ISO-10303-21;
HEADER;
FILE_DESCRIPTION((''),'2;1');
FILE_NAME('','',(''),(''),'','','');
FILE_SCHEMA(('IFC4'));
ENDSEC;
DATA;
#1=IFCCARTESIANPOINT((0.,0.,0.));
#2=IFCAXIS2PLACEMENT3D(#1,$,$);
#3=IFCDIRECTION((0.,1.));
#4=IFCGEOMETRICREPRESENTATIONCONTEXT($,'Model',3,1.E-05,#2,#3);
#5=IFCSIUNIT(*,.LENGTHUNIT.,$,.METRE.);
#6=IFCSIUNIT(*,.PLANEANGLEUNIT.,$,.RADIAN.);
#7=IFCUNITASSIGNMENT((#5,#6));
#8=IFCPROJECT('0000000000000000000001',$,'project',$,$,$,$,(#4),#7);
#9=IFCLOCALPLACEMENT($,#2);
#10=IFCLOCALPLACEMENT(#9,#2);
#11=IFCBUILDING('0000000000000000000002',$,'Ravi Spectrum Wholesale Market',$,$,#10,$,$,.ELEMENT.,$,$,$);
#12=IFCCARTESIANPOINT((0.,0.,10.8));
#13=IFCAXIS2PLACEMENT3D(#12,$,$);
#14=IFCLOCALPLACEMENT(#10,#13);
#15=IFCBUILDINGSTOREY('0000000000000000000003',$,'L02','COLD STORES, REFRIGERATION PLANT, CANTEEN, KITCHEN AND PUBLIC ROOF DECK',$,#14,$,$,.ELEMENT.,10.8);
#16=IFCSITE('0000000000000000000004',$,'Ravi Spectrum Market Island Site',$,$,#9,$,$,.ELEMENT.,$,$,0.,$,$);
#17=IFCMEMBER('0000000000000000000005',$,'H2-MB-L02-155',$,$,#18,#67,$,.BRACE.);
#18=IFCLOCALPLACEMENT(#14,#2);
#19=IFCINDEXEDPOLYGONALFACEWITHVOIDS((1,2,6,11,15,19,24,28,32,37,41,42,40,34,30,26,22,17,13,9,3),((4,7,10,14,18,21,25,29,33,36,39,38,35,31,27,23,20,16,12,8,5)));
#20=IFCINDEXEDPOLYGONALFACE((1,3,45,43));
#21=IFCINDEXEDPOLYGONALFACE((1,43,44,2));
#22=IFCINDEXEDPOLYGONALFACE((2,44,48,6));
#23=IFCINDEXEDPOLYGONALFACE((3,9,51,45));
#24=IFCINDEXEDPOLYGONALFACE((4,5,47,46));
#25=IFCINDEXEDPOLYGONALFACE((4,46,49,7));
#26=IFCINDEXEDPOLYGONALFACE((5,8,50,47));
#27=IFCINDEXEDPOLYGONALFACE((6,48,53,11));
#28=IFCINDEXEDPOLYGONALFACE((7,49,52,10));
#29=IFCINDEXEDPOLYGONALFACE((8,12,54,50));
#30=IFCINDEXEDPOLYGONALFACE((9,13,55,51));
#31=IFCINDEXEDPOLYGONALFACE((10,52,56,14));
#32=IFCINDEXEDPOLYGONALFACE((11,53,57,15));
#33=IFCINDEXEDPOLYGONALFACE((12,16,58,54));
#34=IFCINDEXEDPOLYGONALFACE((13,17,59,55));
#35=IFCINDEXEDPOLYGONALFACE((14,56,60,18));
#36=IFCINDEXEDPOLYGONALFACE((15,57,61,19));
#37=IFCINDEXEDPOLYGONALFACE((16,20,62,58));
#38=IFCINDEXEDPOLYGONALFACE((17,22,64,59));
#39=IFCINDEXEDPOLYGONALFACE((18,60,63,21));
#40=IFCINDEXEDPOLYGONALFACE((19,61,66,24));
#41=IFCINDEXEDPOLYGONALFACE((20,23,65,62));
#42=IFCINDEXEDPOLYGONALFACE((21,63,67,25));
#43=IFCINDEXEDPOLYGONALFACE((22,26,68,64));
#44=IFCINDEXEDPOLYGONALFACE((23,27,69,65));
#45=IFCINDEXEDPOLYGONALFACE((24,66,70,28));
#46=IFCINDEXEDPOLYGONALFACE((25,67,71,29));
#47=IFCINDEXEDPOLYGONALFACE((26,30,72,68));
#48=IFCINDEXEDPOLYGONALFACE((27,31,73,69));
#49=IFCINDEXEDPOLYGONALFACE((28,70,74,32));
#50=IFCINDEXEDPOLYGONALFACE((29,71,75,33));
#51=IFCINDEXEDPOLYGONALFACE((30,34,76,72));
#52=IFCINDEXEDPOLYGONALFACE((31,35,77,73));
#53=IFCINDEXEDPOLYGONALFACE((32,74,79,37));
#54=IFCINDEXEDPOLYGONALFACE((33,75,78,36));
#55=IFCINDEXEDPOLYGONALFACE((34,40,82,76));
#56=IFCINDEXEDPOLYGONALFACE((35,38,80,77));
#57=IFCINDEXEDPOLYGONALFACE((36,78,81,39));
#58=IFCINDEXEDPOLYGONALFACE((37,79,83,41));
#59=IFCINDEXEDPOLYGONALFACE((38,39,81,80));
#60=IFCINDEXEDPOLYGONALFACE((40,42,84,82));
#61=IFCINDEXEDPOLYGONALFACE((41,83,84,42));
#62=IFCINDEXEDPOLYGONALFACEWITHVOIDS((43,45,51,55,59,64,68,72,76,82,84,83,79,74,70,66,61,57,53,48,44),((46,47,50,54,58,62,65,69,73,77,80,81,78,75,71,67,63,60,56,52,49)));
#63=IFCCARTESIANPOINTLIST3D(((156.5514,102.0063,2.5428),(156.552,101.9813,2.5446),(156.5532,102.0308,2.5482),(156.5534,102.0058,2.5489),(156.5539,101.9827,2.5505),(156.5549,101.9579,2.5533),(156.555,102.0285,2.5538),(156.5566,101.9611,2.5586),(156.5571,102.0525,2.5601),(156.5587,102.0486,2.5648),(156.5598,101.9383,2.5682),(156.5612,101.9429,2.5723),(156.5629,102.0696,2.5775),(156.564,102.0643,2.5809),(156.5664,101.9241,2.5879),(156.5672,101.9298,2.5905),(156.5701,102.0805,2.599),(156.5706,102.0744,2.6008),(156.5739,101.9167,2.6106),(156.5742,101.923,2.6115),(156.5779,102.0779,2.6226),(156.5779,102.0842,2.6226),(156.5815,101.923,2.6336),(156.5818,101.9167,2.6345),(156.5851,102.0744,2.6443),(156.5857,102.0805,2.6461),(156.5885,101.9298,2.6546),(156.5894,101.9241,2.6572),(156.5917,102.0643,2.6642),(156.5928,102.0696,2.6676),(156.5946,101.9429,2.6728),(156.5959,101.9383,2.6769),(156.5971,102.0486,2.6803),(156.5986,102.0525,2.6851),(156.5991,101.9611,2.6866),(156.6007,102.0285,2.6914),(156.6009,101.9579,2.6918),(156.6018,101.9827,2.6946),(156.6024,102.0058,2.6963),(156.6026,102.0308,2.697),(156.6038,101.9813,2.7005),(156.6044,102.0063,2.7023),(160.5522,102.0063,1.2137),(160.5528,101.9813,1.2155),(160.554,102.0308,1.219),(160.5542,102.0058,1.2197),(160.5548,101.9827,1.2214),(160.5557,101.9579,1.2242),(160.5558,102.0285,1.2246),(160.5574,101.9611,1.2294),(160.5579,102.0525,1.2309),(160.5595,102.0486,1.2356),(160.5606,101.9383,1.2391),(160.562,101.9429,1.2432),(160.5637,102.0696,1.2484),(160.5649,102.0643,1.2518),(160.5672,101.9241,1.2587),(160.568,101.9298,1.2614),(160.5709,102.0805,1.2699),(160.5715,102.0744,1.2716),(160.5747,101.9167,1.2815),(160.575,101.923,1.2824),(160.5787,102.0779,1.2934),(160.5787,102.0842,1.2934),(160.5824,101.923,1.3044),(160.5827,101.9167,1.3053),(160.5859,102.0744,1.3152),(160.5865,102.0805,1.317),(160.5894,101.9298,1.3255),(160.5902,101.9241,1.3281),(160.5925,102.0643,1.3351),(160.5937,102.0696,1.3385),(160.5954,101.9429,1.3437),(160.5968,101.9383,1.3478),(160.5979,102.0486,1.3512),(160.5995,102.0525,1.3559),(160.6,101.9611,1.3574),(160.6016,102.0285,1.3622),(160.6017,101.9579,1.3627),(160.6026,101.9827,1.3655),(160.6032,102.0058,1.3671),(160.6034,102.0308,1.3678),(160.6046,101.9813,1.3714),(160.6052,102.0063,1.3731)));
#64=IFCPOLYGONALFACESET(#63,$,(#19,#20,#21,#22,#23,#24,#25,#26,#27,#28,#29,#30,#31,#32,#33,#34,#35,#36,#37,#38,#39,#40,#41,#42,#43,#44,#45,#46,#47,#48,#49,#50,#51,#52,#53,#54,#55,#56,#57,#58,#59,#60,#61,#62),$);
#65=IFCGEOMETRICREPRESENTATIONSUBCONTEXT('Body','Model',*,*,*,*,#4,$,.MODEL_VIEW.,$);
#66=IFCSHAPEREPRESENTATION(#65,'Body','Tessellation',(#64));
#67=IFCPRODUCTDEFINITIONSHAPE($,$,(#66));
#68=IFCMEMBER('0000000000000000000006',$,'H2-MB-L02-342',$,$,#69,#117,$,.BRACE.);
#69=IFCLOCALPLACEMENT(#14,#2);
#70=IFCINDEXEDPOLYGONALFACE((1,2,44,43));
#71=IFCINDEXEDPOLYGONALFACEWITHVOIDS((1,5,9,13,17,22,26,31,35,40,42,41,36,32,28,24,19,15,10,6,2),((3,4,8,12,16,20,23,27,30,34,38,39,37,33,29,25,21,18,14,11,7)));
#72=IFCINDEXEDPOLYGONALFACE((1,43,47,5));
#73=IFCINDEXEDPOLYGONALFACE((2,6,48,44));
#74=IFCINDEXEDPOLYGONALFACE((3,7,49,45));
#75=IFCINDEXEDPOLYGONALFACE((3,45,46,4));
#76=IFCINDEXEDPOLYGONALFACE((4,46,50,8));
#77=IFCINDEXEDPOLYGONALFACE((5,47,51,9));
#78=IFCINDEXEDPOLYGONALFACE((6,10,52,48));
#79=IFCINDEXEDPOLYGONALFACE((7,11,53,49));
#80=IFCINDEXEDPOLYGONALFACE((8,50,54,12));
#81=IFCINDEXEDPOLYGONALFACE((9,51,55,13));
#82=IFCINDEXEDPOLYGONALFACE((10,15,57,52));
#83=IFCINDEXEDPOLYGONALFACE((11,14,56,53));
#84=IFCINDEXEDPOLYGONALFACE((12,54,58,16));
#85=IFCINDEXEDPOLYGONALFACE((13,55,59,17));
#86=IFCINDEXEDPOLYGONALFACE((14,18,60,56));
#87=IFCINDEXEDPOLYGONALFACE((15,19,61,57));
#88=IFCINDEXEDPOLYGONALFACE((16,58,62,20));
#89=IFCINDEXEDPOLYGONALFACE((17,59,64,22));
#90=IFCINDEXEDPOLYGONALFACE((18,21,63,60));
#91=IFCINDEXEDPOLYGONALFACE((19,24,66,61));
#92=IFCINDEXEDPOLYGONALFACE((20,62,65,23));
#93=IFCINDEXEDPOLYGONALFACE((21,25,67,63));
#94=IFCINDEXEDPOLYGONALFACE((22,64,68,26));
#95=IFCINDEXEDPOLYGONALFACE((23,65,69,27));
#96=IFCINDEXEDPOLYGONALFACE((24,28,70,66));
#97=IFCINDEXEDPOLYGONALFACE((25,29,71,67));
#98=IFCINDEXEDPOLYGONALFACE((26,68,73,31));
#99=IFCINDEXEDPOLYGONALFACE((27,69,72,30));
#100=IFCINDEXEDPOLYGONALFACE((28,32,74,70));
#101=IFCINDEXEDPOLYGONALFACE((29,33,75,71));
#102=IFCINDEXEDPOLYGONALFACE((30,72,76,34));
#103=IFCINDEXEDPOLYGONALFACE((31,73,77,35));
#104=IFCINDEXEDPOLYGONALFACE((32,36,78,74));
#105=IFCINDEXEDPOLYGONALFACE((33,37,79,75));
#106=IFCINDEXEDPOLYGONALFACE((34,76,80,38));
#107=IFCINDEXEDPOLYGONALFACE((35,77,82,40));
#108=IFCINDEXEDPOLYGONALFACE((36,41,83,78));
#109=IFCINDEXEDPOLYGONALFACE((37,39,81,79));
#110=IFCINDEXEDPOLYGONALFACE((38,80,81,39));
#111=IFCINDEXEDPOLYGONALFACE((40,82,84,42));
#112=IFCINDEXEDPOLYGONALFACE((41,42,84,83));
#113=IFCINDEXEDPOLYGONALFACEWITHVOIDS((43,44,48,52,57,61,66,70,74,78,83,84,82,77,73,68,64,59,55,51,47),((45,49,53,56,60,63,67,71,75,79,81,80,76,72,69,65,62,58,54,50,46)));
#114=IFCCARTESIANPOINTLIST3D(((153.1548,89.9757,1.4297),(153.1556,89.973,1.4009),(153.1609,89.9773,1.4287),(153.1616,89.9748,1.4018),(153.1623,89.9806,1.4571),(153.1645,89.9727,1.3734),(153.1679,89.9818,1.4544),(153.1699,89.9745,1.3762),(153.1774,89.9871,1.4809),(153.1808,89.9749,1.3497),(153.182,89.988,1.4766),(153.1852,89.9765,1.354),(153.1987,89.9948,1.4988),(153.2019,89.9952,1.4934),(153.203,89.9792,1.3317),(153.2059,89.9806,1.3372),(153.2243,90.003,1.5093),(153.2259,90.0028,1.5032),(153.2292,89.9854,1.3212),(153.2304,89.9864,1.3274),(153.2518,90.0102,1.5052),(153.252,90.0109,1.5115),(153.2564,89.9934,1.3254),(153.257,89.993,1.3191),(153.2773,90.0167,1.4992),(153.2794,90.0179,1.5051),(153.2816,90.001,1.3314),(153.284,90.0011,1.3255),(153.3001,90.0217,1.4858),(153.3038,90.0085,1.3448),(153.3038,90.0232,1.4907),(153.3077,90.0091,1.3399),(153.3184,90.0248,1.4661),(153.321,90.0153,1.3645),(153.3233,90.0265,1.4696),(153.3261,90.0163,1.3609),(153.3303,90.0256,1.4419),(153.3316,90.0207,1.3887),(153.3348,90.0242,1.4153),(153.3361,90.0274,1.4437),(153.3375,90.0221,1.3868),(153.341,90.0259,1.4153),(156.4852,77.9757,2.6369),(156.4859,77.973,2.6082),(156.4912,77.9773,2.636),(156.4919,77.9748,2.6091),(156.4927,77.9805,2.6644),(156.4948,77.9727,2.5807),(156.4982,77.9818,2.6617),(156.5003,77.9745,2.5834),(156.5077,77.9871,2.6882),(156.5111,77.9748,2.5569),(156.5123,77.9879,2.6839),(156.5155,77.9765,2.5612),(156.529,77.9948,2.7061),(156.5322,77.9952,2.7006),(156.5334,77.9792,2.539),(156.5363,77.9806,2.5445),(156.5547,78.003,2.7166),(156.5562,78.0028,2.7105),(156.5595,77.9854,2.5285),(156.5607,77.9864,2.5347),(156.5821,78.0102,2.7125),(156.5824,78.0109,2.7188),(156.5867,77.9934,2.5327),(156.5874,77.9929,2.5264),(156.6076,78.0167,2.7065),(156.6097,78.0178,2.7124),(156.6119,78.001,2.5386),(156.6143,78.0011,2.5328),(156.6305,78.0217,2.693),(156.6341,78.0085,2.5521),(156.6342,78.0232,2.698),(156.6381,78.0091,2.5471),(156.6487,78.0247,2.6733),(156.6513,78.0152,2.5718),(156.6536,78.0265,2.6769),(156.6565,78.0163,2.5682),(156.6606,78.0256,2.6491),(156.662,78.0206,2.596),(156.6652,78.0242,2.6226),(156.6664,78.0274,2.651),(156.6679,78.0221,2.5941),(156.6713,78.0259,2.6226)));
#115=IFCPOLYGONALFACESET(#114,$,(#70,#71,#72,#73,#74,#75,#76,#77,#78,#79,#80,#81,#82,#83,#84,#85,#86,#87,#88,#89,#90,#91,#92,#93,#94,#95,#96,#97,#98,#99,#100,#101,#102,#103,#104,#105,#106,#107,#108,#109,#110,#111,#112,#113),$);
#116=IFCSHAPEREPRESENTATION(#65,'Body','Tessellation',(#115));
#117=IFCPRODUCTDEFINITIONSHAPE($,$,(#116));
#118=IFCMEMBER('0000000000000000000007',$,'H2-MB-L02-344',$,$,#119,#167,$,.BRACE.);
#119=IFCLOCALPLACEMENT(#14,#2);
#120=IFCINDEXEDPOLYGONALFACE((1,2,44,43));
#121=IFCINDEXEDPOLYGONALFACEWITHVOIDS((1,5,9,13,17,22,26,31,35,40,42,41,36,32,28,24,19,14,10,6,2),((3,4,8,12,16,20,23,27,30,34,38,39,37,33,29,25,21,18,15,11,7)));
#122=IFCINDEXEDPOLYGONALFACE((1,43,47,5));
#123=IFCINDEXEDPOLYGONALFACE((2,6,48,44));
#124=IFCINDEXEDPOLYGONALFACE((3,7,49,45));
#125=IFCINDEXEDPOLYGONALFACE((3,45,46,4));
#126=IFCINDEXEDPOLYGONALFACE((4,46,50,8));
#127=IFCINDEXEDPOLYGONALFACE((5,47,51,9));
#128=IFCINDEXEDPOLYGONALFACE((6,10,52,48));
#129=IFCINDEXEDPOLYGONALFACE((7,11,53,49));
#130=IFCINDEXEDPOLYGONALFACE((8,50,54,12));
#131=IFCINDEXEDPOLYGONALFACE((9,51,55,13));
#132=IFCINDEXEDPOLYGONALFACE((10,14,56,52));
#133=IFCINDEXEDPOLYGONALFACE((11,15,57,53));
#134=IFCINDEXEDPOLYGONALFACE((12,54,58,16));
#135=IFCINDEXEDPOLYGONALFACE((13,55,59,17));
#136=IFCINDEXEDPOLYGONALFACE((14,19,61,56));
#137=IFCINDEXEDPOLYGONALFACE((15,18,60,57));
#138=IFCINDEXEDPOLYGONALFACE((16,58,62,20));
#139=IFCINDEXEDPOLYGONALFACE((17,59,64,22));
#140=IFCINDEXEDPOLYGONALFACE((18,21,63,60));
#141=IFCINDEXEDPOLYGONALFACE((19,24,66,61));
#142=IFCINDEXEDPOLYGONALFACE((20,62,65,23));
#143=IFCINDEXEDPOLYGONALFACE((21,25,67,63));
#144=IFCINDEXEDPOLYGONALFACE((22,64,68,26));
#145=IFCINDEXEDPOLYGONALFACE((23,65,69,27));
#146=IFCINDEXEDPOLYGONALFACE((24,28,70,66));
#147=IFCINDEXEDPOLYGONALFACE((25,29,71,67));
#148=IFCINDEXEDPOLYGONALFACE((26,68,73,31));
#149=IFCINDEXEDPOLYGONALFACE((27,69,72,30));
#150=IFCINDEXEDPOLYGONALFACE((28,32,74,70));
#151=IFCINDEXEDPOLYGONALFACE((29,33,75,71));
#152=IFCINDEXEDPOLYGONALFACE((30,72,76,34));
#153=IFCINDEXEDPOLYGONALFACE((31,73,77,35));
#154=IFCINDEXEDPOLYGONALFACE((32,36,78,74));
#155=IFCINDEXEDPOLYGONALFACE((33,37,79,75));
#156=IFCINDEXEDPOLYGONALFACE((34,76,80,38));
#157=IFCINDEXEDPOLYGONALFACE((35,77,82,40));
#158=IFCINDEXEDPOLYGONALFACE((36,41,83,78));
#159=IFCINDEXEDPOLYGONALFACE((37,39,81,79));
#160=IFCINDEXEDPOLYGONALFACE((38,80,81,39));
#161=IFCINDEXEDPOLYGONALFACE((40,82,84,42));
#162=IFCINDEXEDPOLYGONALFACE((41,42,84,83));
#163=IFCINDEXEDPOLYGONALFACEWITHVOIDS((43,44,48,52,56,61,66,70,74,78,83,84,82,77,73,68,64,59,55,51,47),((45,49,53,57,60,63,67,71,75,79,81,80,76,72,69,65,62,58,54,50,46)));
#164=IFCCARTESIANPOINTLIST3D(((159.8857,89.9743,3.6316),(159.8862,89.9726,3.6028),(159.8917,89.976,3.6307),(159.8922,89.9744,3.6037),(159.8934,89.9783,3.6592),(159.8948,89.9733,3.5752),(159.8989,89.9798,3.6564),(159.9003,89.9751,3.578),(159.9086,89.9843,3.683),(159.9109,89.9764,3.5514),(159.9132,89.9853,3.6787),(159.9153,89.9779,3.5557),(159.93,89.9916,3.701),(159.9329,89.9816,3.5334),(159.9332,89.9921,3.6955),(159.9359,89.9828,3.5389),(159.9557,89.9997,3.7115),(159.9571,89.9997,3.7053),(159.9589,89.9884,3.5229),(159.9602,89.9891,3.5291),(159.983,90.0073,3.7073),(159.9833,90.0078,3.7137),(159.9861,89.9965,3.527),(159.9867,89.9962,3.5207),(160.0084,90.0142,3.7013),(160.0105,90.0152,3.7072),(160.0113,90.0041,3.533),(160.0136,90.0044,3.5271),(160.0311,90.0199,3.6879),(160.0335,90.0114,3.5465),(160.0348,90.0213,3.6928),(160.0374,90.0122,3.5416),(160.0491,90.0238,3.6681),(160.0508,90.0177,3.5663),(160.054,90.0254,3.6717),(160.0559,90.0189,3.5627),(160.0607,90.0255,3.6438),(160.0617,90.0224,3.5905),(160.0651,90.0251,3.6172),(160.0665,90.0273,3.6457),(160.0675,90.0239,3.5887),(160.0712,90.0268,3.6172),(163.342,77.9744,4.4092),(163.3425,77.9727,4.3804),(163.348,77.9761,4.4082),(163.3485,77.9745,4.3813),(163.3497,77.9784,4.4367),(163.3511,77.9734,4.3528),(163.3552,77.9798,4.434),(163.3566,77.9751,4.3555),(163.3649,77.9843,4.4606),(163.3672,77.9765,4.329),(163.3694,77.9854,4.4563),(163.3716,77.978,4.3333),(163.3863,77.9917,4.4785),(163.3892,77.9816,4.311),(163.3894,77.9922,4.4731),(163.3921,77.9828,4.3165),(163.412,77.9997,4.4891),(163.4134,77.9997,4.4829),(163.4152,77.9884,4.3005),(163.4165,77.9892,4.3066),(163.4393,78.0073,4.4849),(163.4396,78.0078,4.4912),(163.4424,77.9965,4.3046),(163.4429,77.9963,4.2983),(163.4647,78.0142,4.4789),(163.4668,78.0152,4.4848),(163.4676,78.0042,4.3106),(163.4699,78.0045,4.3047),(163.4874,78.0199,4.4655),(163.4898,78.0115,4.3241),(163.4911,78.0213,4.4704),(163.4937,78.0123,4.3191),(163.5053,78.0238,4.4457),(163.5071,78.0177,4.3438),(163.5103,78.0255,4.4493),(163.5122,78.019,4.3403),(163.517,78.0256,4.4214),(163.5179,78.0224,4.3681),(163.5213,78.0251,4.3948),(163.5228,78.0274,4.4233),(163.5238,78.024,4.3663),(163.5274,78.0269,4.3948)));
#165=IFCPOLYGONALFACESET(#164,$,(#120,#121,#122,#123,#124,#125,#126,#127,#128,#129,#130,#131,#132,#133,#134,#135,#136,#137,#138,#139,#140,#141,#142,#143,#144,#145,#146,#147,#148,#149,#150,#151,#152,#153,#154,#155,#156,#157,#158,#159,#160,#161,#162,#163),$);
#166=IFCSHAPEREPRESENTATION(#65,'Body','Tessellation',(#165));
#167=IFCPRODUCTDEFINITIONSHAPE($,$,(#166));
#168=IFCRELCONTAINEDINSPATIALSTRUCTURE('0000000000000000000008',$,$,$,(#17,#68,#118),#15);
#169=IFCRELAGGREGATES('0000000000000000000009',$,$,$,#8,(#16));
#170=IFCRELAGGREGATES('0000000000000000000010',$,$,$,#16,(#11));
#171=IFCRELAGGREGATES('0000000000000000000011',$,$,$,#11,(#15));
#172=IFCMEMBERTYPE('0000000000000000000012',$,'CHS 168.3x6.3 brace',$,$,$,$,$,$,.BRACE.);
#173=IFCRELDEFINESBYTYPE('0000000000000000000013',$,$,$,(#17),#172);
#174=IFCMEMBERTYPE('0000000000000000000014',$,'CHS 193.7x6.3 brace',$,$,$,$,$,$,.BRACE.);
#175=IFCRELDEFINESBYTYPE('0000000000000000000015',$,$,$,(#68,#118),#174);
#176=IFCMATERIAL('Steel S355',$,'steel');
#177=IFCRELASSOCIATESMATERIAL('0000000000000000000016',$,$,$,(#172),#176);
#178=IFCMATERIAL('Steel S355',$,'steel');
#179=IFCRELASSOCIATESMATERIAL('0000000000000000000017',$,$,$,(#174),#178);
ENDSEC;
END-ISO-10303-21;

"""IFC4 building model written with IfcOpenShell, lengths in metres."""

from ifc_helpers import new_model, si_unit, direction, frame, origin, origin_2d, place, context, subcontext, project, spatial, hollow_circle, extrude, material, material_profile, profile_set, type_object, element, save


model = new_model("IFC4")

# Units and contexts
model_context = context("Model", 3, precision=1e-05, world=origin(), true_north=direction((0.0, 1.0)))
body_context = subcontext(model_context, "Body", "Model", "MODEL_VIEW")
ifc_project = project(units=[si_unit("LENGTHUNIT", "METRE"), si_unit("PLANEANGLEUNIT", "RADIAN")], contexts=[model_context])

# Site, building, storey
site_placement = place(None, origin())
site = spatial("IfcSite", under=ifc_project, at=site_placement, Name="Ravi Spectrum Market Island Site", CompositionType="ELEMENT", RefElevation=0.0)
building_placement = place(site_placement, origin())
building = spatial("IfcBuilding", under=site, at=building_placement, Name="Ravi Spectrum Wholesale Market", CompositionType="ELEMENT")
storey_placement = place(building_placement, frame((0.0, 0.0, 10.8)))
storey = spatial("IfcBuildingStorey", under=building, at=storey_placement, Name="L02", Description="COLD STORES, REFRIGERATION PLANT, CANTEEN, KITCHEN AND PUBLIC ROOF DECK", CompositionType="ELEMENT", Elevation=10.8)

# Members
ifc_material_1 = material(Name="Steel S355", Category="steel")
ifc_material_profile_1 = material_profile(ifc_material_1, hollow_circle(Radius=0.0842, WallThickness=0.0063, at=origin_2d()))
ifc_profile_set_1 = profile_set([ifc_material_profile_1], Name="Steel S355")
member_type_1 = type_object("IfcMemberType", Name="CHS 168.3x6.3 brace", PredefinedType="BRACE", material=ifc_profile_set_1)
member_1_placement = place(storey_placement, frame((156.5779, 102.0, 2.6226), z_axis=(0.949001, 0.0, -0.315272), x_axis=(0.0, 1.0, 0.0)))
element("IfcMember", 1, at=member_1_placement, inside=storey, type_object=member_type_1, Name="H2-MB-L02-155", PredefinedType="BRACE", context=body_context, shape_type="SweptSolid", body=[
    extrude(hollow_circle(Radius=0.0842, WallThickness=0.0063, at=origin_2d()), origin(), (0.0, 0.0, 1.0), 4.2158),
])
ifc_material_2 = material(Name="Steel S355", Category="steel")
ifc_material_profile_2 = material_profile(ifc_material_2, hollow_circle(Radius=0.0969, WallThickness=0.0063, at=origin_2d()))
ifc_profile_set_2 = profile_set([ifc_material_profile_2], Name="Steel S355")
member_type_2 = type_object("IfcMemberType", Name="CHS 193.7x6.3 brace", PredefinedType="BRACE", material=ifc_profile_set_2)
for number, where, z_axis, x_axis, name in (
    (2, (153.2476, 90.0, 1.4153), (0.266172, -0.959084, 0.09649), (0.96358, 0.267419, 0.0), "H2-MB-L02-342"),
    (3, (159.978, 90.0, 3.6172), (0.276238, -0.959078, 0.062147), (0.960935, 0.276773, 0.0), "H2-MB-L02-344"),
):
    element("IfcMember", number, at=place(storey_placement, frame(where, z_axis=z_axis, x_axis=x_axis)), inside=storey, type_object=member_type_2, Name=name, PredefinedType="BRACE", context=body_context, shape_type="SweptSolid", body=[
        extrude(hollow_circle(Radius=0.0969, WallThickness=0.0063, at=origin_2d()), origin(), (0.0, 0.0, 1.0), 12.512),
    ])

save(model, "model.ifc")
